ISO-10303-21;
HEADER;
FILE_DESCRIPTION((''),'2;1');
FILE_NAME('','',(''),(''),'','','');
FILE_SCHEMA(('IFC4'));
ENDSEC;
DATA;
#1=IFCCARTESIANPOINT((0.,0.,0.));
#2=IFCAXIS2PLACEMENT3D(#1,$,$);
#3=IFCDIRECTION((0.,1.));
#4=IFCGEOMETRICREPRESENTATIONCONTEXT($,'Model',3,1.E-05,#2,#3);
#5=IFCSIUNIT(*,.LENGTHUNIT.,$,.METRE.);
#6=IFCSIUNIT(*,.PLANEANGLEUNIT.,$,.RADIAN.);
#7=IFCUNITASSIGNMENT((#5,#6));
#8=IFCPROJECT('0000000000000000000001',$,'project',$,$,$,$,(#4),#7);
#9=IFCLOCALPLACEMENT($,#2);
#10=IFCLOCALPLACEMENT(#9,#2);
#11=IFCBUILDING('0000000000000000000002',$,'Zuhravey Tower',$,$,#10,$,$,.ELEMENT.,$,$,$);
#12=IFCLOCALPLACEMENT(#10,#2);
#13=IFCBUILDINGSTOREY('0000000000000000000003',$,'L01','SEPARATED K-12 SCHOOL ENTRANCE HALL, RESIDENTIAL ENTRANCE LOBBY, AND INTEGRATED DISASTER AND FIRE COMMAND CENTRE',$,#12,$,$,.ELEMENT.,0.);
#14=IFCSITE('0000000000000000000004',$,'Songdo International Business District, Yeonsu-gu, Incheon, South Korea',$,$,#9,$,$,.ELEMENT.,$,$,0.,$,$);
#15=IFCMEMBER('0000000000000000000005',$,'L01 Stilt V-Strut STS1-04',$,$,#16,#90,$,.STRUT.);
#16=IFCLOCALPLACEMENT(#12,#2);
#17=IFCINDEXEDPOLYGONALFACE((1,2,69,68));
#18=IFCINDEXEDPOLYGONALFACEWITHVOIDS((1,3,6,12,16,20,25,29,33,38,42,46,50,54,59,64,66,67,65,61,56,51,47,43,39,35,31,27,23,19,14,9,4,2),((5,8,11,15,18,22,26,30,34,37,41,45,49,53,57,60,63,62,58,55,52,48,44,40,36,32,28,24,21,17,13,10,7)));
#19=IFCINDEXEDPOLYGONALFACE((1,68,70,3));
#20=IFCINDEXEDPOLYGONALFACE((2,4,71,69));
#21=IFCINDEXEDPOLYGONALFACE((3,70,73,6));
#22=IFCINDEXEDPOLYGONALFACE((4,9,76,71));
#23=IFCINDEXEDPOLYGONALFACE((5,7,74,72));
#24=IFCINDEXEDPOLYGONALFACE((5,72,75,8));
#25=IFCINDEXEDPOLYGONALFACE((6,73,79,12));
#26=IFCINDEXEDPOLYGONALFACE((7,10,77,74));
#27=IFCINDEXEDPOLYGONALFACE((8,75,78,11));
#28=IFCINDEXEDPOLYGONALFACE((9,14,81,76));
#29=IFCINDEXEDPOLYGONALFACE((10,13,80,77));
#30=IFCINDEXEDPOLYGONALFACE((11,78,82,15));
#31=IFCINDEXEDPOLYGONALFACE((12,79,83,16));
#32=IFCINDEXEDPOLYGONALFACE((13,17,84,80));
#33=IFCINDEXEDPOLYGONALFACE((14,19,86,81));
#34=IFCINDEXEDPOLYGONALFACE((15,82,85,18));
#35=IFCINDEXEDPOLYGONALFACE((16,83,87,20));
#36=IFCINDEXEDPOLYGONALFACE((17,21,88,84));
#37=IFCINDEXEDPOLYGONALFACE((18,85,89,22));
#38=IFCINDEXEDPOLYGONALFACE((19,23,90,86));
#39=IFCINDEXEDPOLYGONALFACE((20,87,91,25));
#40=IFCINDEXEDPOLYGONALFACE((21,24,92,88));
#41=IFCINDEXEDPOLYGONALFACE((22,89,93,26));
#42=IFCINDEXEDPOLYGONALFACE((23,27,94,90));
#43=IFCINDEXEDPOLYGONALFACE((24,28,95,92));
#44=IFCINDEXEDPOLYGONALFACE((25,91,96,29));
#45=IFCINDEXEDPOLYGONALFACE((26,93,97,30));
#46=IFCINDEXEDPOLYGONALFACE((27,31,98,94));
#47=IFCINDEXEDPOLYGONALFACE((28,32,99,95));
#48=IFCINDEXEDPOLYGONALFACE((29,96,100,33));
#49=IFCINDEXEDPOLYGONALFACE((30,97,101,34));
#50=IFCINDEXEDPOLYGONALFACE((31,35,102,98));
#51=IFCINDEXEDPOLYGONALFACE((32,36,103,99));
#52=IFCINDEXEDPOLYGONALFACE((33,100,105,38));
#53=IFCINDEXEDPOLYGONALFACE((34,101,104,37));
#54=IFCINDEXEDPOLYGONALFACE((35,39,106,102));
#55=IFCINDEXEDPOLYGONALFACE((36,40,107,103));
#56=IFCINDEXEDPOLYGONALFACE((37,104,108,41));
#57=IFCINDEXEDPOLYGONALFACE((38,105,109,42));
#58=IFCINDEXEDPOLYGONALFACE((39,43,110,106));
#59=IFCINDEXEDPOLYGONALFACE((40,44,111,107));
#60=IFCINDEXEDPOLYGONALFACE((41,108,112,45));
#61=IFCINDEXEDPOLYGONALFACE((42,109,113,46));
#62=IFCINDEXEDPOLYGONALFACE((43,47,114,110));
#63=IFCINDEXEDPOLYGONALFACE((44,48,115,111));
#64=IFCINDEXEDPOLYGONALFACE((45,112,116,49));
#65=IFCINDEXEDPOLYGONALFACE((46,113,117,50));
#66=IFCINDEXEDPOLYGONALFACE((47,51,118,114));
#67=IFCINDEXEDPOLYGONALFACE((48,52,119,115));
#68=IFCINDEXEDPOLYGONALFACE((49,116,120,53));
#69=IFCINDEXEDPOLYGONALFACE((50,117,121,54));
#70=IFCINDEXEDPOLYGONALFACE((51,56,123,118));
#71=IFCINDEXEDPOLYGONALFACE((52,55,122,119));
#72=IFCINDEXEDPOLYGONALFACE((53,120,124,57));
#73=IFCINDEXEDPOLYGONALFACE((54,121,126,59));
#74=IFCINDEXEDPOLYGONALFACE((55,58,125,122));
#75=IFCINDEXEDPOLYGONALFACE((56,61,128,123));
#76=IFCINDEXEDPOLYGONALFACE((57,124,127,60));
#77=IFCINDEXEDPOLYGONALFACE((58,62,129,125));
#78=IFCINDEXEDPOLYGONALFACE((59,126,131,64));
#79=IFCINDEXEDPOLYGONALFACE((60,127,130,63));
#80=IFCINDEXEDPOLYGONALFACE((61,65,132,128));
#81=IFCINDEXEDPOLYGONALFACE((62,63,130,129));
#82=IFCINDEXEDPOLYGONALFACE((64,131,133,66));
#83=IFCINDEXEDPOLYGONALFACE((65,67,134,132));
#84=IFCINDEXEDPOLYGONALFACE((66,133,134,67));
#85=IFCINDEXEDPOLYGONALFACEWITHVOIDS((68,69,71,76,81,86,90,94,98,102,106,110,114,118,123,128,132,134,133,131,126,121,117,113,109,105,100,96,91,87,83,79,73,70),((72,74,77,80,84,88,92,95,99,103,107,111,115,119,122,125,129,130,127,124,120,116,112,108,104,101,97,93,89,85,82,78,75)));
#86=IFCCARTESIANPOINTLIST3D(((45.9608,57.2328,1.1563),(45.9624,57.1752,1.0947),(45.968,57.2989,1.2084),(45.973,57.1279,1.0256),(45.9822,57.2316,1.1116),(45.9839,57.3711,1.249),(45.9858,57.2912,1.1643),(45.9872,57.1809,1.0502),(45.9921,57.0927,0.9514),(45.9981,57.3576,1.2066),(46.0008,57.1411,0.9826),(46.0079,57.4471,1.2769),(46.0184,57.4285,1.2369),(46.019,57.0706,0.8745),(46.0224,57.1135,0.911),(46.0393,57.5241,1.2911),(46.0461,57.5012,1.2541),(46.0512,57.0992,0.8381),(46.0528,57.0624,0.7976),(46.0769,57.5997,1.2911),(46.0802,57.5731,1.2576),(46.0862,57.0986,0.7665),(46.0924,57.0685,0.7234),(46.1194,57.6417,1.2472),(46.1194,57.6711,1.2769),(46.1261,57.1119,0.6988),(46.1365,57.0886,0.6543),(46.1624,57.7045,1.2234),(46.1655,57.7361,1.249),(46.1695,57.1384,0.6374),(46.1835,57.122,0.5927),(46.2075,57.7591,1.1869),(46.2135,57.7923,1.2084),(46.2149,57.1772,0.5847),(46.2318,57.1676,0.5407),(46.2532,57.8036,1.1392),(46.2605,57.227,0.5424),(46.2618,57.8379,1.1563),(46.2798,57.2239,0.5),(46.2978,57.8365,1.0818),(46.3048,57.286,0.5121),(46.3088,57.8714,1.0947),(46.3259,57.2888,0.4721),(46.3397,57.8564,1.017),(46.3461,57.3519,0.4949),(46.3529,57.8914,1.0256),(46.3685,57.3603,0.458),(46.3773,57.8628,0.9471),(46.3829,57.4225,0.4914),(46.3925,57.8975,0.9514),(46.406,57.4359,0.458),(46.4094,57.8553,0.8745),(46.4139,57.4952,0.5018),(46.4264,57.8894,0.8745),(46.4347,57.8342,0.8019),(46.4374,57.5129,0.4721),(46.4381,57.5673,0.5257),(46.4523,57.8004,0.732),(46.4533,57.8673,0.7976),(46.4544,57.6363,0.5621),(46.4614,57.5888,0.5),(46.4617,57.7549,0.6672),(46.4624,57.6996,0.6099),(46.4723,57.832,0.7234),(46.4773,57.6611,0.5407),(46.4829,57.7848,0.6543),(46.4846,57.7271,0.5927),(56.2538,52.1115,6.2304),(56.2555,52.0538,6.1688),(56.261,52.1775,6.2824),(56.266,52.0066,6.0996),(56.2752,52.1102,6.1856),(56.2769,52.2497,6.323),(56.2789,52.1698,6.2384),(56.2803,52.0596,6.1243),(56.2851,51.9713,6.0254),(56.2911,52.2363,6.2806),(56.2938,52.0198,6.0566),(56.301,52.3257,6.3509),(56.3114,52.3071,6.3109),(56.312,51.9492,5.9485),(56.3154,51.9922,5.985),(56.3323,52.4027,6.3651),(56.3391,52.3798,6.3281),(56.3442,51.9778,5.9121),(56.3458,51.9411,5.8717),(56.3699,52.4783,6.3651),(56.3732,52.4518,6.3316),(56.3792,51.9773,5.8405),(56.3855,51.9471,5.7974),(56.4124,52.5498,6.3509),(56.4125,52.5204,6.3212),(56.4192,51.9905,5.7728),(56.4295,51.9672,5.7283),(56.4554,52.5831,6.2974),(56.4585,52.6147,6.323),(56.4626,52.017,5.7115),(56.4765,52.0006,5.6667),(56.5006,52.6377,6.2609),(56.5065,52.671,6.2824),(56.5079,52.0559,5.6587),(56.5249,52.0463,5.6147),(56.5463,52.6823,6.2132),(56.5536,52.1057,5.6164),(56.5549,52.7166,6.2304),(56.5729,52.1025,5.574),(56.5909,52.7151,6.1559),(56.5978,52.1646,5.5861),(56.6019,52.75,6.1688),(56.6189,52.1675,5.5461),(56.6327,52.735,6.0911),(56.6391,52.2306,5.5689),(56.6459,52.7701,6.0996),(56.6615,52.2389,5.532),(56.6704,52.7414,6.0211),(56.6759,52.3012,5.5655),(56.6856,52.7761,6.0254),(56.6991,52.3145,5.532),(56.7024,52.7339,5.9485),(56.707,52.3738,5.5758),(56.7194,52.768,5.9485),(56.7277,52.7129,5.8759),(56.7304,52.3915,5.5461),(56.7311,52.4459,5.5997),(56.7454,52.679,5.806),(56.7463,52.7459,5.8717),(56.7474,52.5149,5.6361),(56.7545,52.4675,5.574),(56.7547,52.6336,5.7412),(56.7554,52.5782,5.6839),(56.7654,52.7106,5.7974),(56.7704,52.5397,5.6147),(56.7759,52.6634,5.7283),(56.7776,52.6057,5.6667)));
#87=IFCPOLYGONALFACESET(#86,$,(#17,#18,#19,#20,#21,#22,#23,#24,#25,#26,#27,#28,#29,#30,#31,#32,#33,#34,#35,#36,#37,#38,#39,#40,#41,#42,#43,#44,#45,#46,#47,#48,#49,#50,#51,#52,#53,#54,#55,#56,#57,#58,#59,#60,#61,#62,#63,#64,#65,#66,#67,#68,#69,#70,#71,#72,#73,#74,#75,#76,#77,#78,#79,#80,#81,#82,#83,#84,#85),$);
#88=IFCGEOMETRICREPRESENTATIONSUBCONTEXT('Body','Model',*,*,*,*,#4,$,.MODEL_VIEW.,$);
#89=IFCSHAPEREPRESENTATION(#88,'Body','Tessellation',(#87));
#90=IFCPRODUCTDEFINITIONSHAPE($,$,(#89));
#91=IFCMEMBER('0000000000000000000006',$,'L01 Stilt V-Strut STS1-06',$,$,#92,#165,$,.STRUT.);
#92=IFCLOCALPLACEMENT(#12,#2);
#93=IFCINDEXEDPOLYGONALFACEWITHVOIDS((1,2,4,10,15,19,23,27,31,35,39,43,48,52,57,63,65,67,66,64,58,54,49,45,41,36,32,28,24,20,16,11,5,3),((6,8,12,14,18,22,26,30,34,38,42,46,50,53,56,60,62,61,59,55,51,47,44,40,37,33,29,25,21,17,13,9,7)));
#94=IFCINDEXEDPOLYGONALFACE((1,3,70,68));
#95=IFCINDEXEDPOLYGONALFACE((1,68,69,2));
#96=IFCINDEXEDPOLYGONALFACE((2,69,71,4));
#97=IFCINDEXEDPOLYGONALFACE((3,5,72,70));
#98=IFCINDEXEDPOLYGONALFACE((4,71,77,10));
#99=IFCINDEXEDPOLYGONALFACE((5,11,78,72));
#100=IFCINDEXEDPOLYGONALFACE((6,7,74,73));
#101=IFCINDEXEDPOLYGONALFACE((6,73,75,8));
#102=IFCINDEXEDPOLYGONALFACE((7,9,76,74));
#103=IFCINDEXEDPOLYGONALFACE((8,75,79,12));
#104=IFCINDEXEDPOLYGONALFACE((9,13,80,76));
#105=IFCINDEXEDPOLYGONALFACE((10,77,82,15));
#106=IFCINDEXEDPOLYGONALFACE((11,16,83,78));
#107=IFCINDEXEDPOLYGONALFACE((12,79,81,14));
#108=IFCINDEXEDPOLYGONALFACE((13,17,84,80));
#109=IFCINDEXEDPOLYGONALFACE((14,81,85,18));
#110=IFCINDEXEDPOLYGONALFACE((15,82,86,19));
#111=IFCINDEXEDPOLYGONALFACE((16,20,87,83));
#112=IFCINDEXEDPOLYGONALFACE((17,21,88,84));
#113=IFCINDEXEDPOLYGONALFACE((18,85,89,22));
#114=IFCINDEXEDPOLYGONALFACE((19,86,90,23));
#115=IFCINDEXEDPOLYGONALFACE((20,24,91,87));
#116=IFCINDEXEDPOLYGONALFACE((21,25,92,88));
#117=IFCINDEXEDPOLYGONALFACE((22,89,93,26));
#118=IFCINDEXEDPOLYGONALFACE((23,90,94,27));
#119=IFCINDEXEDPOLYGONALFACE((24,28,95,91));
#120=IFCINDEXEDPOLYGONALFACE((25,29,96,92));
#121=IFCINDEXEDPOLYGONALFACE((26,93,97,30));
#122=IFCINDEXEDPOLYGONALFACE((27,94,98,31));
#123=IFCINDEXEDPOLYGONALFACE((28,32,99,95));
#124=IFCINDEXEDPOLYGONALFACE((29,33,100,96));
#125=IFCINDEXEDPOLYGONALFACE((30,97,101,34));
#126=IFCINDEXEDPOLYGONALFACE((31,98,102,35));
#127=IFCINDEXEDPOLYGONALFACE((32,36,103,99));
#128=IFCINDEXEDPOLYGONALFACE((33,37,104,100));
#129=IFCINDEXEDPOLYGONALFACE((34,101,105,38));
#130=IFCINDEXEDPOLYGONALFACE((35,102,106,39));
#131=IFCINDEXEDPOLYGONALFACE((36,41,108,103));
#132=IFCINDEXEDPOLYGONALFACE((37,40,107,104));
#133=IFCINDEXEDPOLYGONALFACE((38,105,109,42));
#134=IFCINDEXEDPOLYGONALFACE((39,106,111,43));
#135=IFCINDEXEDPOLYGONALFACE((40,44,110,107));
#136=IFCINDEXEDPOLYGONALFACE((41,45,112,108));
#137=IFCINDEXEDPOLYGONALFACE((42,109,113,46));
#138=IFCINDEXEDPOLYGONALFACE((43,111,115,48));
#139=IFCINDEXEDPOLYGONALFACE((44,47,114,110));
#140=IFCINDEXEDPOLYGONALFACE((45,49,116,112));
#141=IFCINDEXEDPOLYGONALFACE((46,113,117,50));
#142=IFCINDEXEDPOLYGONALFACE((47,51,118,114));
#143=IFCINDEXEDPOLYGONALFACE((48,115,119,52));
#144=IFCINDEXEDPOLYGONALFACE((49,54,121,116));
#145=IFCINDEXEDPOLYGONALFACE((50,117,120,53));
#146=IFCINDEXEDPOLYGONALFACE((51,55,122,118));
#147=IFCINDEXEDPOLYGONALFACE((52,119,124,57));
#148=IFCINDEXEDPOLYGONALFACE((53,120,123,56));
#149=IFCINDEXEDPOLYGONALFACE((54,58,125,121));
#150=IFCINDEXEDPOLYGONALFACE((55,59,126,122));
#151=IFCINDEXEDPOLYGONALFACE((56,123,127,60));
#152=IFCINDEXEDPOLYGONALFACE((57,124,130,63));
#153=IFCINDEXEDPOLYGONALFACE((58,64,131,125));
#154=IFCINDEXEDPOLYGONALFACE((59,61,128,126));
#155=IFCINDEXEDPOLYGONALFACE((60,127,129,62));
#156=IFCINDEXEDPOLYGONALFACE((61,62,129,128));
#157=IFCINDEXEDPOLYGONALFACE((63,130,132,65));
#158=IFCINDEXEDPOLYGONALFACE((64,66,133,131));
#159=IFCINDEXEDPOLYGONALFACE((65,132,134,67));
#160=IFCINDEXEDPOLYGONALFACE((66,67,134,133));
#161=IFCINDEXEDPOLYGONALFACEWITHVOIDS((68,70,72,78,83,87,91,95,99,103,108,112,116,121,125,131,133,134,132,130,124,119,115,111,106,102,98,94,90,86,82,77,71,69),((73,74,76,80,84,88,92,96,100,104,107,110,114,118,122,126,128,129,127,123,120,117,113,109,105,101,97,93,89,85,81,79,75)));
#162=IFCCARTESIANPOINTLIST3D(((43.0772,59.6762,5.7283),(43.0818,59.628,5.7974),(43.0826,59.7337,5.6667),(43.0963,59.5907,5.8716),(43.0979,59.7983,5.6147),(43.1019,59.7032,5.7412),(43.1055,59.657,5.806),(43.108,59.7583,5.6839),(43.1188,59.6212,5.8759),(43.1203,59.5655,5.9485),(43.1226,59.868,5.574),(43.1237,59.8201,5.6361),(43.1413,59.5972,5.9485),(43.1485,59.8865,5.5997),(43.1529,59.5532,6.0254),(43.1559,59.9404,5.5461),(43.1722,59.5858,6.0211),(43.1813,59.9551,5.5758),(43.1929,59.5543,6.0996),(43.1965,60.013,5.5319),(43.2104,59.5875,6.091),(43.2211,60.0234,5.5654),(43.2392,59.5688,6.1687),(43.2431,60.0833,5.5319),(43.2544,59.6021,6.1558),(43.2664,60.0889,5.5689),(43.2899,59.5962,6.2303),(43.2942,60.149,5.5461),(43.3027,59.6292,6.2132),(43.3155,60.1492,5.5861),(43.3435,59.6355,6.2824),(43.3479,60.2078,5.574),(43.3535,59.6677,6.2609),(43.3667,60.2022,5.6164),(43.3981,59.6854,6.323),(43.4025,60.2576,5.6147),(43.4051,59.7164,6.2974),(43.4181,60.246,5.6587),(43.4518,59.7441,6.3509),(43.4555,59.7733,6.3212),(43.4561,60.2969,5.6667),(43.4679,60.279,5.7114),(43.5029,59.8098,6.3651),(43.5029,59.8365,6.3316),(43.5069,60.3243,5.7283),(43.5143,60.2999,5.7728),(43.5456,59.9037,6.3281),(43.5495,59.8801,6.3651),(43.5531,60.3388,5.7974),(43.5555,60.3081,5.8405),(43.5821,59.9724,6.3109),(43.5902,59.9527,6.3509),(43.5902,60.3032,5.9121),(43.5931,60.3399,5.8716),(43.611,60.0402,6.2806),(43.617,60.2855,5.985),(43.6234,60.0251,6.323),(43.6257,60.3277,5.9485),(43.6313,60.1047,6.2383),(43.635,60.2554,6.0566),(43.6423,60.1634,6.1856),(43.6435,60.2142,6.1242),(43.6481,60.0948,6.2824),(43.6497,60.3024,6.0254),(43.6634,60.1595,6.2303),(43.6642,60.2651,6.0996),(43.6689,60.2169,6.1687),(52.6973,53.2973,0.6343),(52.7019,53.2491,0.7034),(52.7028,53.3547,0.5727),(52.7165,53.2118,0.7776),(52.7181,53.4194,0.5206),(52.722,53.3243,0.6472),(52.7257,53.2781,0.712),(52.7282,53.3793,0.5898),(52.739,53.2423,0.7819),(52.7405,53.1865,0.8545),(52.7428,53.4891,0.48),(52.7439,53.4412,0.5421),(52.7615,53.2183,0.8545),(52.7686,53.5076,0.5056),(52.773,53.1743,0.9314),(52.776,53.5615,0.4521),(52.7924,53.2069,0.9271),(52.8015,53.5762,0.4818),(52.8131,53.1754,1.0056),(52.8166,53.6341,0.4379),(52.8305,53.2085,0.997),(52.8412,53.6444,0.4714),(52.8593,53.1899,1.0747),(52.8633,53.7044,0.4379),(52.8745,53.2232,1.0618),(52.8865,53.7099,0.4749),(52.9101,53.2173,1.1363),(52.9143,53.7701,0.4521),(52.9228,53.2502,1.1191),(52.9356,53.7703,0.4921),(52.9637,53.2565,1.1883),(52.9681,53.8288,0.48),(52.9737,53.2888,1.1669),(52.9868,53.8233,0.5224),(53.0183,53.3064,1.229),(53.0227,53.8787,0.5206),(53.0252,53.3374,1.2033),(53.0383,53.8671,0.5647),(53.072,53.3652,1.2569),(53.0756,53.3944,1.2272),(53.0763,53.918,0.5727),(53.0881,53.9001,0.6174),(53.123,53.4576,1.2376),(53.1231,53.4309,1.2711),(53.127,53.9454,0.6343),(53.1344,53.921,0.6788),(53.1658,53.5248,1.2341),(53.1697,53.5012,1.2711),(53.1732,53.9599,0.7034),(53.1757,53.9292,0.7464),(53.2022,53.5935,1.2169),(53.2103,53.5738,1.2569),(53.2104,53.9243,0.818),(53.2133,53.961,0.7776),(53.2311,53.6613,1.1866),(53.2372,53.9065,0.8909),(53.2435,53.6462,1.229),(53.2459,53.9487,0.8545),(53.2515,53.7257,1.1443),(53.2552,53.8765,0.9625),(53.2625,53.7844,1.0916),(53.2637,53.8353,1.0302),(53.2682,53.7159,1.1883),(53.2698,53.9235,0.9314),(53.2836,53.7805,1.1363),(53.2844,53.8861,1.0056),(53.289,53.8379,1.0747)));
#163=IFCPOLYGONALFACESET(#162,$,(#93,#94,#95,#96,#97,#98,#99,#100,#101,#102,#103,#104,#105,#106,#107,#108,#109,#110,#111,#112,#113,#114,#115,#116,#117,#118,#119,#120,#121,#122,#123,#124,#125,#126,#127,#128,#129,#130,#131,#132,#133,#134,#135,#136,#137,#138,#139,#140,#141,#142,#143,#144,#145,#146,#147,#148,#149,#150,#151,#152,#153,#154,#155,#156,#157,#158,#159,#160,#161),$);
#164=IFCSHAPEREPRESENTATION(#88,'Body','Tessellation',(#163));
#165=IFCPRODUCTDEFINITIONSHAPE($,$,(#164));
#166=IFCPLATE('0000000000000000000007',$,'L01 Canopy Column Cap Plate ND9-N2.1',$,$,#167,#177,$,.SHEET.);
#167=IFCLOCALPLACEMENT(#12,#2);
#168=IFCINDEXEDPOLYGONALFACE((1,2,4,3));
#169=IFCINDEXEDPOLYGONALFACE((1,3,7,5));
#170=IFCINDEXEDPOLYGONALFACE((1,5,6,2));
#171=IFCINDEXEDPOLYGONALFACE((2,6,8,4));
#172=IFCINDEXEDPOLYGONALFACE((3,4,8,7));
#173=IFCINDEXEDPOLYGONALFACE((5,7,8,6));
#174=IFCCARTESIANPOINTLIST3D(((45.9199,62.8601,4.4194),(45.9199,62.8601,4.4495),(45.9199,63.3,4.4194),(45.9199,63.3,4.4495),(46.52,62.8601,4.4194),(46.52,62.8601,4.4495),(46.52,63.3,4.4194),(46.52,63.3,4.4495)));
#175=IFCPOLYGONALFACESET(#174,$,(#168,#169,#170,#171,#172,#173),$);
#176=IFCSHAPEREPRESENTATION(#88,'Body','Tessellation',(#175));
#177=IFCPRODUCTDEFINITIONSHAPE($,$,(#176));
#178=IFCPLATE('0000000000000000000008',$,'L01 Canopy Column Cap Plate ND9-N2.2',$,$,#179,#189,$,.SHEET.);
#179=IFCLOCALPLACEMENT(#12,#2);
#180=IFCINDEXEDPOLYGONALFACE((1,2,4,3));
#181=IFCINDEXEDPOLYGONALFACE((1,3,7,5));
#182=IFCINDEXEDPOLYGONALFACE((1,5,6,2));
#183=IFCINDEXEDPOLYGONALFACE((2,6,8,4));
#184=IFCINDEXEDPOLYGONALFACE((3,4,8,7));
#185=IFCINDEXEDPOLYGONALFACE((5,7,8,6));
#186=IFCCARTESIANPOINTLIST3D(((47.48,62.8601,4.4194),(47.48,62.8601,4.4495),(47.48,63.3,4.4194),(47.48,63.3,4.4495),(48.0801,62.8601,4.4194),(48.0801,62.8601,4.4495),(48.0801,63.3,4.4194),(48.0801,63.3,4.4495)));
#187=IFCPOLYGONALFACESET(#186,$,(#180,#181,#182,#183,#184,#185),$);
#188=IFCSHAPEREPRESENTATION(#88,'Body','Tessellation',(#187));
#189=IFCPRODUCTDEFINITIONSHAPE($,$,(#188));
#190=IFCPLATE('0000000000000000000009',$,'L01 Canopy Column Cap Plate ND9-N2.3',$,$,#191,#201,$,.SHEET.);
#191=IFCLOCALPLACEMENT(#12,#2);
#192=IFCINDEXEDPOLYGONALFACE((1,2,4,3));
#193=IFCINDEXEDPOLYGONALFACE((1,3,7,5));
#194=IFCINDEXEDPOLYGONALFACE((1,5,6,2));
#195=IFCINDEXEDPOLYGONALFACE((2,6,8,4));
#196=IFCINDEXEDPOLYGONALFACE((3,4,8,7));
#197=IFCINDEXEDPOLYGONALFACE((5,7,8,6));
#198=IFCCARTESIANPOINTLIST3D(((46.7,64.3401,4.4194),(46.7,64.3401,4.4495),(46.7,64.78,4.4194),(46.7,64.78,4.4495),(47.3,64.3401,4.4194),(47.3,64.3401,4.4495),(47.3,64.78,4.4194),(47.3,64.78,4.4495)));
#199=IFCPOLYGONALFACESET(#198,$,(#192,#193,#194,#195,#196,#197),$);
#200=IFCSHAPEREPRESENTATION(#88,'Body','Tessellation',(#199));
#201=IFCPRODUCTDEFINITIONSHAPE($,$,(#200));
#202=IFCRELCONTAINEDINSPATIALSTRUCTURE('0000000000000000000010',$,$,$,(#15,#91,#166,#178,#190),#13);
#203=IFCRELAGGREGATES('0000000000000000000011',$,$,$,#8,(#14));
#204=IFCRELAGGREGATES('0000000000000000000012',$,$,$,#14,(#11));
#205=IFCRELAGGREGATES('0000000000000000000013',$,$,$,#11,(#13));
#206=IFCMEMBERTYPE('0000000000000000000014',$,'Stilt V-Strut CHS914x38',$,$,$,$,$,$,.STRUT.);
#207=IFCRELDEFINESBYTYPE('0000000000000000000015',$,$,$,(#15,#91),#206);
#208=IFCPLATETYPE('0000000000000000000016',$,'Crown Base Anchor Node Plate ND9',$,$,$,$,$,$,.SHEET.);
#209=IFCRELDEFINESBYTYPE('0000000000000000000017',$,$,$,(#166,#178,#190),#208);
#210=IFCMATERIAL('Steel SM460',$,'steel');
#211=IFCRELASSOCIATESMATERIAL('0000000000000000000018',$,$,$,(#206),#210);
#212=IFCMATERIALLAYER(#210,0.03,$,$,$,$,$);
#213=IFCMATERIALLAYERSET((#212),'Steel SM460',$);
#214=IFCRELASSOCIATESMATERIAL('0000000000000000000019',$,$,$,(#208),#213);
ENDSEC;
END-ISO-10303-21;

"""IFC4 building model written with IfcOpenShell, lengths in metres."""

from ifc_helpers import new_model, si_unit, direction, frame, origin, origin_2d, place, context, subcontext, project, spatial, rectangle, hollow_circle, extrude, material, layer, layer_set, material_profile, profile_set, type_object, element, save


model = new_model("IFC4")

# Units and contexts
model_context = context("Model", 3, precision=1e-05, world=origin(), true_north=direction((0.0, 1.0)))
body_context = subcontext(model_context, "Body", "Model", "MODEL_VIEW")
ifc_project = project(units=[si_unit("LENGTHUNIT", "METRE"), si_unit("PLANEANGLEUNIT", "RADIAN")], contexts=[model_context])

# Site, building, storey
site_placement = place(None, origin())
site = spatial("IfcSite", under=ifc_project, at=site_placement, Name="Songdo International Business District, Yeonsu-gu, Incheon, South Korea", CompositionType="ELEMENT", RefElevation=0.0)
building_placement = place(site_placement, origin())
building = spatial("IfcBuilding", under=site, at=building_placement, Name="Zuhravey Tower", CompositionType="ELEMENT")
storey_placement = place(building_placement, origin())
storey = spatial("IfcBuildingStorey", under=building, at=storey_placement, Name="L01", Description="SEPARATED K-12 SCHOOL ENTRANCE HALL, RESIDENTIAL ENTRANCE LOBBY, AND INTEGRATED DISASTER AND FIRE COMMAND CENTRE", CompositionType="ELEMENT", Elevation=0.0)

# Shared definitions
ifc_material_1 = material(Name="Steel SM460", Category="steel")

# Members
ifc_material_profile_1 = material_profile(ifc_material_1, hollow_circle(Radius=0.4573, WallThickness=0.0381, at=origin_2d()), Name="CHS-914.4x38")
ifc_profile_set_1 = profile_set([ifc_material_profile_1], Name="Steel SM460")
member_type = type_object("IfcMemberType", Name="Stilt V-Strut CHS914x38", PredefinedType="STRUT", material=ifc_profile_set_1)
member_1_placement = place(storey_placement, frame((46.2227, 57.48, 0.8745), z_axis=(0.819076, -0.407537, 0.403768), x_axis=(0.445463, 0.8953, 0.0)))
element("IfcMember", 1, at=member_1_placement, inside=storey, type_object=member_type, Name="L01 Stilt V-Strut STS1-04", PredefinedType="STRUT", context=body_context, shape_type="SweptSolid", body=[
    extrude(hollow_circle(Radius=0.4573, WallThickness=0.0381, at=origin_2d()), origin(), (0.0, 0.0, 1.0), 12.5667),
])
member_2_placement = place(storey_placement, frame((52.9932, 53.5676, 0.8545), z_axis=(-0.762479, 0.505585, 0.403744), x_axis=(-0.552629, -0.833427, 0.0)))
element("IfcMember", 2, at=member_2_placement, inside=storey, type_object=member_type, Name="L01 Stilt V-Strut STS1-06", PredefinedType="STRUT", context=body_context, shape_type="SweptSolid", body=[
    extrude(hollow_circle(Radius=0.4573, WallThickness=0.0381, at=origin_2d()), origin(), (0.0, 0.0, 1.0), 12.6169),
])

# Plates
ifc_layer_1 = layer(ifc_material_1, 0.03)
ifc_layer_set_1 = layer_set([ifc_layer_1], Name="Steel SM460")
plate_type_1 = type_object("IfcPlateType", Name="Crown Base Anchor Node Plate ND9", PredefinedType="SHEET", material=ifc_layer_set_1)
for number, where, z_axis, x_axis, name in (
    (3, (46.22, 63.0801, 4.4194), (0.0, 0.0, 1.0), (1.0, 0.0, 0.0), "L01 Canopy Column Cap Plate ND9-N2.1"),
    (4, (47.78, 63.0801, 4.4194), (0.0, 0.0, 1.0), (1.0, 0.0, 0.0), "L01 Canopy Column Cap Plate ND9-N2.2"),
    (5, (47.0, 64.5601, 4.4194), (0.0, 0.0, 1.0), (1.0, 0.0, 0.0), "L01 Canopy Column Cap Plate ND9-N2.3"),
):
    element("IfcPlate", number, at=place(storey_placement, frame(where, z_axis=z_axis, x_axis=x_axis)), inside=storey, type_object=plate_type_1, Name=name, PredefinedType="SHEET", context=body_context, shape_type="SweptSolid", body=[
        extrude(rectangle(XDim=0.6001, YDim=0.4399, at=origin_2d()), origin(), (0.0, 0.0, 1.0), 0.03),
    ])

save(model, "model.ifc")
